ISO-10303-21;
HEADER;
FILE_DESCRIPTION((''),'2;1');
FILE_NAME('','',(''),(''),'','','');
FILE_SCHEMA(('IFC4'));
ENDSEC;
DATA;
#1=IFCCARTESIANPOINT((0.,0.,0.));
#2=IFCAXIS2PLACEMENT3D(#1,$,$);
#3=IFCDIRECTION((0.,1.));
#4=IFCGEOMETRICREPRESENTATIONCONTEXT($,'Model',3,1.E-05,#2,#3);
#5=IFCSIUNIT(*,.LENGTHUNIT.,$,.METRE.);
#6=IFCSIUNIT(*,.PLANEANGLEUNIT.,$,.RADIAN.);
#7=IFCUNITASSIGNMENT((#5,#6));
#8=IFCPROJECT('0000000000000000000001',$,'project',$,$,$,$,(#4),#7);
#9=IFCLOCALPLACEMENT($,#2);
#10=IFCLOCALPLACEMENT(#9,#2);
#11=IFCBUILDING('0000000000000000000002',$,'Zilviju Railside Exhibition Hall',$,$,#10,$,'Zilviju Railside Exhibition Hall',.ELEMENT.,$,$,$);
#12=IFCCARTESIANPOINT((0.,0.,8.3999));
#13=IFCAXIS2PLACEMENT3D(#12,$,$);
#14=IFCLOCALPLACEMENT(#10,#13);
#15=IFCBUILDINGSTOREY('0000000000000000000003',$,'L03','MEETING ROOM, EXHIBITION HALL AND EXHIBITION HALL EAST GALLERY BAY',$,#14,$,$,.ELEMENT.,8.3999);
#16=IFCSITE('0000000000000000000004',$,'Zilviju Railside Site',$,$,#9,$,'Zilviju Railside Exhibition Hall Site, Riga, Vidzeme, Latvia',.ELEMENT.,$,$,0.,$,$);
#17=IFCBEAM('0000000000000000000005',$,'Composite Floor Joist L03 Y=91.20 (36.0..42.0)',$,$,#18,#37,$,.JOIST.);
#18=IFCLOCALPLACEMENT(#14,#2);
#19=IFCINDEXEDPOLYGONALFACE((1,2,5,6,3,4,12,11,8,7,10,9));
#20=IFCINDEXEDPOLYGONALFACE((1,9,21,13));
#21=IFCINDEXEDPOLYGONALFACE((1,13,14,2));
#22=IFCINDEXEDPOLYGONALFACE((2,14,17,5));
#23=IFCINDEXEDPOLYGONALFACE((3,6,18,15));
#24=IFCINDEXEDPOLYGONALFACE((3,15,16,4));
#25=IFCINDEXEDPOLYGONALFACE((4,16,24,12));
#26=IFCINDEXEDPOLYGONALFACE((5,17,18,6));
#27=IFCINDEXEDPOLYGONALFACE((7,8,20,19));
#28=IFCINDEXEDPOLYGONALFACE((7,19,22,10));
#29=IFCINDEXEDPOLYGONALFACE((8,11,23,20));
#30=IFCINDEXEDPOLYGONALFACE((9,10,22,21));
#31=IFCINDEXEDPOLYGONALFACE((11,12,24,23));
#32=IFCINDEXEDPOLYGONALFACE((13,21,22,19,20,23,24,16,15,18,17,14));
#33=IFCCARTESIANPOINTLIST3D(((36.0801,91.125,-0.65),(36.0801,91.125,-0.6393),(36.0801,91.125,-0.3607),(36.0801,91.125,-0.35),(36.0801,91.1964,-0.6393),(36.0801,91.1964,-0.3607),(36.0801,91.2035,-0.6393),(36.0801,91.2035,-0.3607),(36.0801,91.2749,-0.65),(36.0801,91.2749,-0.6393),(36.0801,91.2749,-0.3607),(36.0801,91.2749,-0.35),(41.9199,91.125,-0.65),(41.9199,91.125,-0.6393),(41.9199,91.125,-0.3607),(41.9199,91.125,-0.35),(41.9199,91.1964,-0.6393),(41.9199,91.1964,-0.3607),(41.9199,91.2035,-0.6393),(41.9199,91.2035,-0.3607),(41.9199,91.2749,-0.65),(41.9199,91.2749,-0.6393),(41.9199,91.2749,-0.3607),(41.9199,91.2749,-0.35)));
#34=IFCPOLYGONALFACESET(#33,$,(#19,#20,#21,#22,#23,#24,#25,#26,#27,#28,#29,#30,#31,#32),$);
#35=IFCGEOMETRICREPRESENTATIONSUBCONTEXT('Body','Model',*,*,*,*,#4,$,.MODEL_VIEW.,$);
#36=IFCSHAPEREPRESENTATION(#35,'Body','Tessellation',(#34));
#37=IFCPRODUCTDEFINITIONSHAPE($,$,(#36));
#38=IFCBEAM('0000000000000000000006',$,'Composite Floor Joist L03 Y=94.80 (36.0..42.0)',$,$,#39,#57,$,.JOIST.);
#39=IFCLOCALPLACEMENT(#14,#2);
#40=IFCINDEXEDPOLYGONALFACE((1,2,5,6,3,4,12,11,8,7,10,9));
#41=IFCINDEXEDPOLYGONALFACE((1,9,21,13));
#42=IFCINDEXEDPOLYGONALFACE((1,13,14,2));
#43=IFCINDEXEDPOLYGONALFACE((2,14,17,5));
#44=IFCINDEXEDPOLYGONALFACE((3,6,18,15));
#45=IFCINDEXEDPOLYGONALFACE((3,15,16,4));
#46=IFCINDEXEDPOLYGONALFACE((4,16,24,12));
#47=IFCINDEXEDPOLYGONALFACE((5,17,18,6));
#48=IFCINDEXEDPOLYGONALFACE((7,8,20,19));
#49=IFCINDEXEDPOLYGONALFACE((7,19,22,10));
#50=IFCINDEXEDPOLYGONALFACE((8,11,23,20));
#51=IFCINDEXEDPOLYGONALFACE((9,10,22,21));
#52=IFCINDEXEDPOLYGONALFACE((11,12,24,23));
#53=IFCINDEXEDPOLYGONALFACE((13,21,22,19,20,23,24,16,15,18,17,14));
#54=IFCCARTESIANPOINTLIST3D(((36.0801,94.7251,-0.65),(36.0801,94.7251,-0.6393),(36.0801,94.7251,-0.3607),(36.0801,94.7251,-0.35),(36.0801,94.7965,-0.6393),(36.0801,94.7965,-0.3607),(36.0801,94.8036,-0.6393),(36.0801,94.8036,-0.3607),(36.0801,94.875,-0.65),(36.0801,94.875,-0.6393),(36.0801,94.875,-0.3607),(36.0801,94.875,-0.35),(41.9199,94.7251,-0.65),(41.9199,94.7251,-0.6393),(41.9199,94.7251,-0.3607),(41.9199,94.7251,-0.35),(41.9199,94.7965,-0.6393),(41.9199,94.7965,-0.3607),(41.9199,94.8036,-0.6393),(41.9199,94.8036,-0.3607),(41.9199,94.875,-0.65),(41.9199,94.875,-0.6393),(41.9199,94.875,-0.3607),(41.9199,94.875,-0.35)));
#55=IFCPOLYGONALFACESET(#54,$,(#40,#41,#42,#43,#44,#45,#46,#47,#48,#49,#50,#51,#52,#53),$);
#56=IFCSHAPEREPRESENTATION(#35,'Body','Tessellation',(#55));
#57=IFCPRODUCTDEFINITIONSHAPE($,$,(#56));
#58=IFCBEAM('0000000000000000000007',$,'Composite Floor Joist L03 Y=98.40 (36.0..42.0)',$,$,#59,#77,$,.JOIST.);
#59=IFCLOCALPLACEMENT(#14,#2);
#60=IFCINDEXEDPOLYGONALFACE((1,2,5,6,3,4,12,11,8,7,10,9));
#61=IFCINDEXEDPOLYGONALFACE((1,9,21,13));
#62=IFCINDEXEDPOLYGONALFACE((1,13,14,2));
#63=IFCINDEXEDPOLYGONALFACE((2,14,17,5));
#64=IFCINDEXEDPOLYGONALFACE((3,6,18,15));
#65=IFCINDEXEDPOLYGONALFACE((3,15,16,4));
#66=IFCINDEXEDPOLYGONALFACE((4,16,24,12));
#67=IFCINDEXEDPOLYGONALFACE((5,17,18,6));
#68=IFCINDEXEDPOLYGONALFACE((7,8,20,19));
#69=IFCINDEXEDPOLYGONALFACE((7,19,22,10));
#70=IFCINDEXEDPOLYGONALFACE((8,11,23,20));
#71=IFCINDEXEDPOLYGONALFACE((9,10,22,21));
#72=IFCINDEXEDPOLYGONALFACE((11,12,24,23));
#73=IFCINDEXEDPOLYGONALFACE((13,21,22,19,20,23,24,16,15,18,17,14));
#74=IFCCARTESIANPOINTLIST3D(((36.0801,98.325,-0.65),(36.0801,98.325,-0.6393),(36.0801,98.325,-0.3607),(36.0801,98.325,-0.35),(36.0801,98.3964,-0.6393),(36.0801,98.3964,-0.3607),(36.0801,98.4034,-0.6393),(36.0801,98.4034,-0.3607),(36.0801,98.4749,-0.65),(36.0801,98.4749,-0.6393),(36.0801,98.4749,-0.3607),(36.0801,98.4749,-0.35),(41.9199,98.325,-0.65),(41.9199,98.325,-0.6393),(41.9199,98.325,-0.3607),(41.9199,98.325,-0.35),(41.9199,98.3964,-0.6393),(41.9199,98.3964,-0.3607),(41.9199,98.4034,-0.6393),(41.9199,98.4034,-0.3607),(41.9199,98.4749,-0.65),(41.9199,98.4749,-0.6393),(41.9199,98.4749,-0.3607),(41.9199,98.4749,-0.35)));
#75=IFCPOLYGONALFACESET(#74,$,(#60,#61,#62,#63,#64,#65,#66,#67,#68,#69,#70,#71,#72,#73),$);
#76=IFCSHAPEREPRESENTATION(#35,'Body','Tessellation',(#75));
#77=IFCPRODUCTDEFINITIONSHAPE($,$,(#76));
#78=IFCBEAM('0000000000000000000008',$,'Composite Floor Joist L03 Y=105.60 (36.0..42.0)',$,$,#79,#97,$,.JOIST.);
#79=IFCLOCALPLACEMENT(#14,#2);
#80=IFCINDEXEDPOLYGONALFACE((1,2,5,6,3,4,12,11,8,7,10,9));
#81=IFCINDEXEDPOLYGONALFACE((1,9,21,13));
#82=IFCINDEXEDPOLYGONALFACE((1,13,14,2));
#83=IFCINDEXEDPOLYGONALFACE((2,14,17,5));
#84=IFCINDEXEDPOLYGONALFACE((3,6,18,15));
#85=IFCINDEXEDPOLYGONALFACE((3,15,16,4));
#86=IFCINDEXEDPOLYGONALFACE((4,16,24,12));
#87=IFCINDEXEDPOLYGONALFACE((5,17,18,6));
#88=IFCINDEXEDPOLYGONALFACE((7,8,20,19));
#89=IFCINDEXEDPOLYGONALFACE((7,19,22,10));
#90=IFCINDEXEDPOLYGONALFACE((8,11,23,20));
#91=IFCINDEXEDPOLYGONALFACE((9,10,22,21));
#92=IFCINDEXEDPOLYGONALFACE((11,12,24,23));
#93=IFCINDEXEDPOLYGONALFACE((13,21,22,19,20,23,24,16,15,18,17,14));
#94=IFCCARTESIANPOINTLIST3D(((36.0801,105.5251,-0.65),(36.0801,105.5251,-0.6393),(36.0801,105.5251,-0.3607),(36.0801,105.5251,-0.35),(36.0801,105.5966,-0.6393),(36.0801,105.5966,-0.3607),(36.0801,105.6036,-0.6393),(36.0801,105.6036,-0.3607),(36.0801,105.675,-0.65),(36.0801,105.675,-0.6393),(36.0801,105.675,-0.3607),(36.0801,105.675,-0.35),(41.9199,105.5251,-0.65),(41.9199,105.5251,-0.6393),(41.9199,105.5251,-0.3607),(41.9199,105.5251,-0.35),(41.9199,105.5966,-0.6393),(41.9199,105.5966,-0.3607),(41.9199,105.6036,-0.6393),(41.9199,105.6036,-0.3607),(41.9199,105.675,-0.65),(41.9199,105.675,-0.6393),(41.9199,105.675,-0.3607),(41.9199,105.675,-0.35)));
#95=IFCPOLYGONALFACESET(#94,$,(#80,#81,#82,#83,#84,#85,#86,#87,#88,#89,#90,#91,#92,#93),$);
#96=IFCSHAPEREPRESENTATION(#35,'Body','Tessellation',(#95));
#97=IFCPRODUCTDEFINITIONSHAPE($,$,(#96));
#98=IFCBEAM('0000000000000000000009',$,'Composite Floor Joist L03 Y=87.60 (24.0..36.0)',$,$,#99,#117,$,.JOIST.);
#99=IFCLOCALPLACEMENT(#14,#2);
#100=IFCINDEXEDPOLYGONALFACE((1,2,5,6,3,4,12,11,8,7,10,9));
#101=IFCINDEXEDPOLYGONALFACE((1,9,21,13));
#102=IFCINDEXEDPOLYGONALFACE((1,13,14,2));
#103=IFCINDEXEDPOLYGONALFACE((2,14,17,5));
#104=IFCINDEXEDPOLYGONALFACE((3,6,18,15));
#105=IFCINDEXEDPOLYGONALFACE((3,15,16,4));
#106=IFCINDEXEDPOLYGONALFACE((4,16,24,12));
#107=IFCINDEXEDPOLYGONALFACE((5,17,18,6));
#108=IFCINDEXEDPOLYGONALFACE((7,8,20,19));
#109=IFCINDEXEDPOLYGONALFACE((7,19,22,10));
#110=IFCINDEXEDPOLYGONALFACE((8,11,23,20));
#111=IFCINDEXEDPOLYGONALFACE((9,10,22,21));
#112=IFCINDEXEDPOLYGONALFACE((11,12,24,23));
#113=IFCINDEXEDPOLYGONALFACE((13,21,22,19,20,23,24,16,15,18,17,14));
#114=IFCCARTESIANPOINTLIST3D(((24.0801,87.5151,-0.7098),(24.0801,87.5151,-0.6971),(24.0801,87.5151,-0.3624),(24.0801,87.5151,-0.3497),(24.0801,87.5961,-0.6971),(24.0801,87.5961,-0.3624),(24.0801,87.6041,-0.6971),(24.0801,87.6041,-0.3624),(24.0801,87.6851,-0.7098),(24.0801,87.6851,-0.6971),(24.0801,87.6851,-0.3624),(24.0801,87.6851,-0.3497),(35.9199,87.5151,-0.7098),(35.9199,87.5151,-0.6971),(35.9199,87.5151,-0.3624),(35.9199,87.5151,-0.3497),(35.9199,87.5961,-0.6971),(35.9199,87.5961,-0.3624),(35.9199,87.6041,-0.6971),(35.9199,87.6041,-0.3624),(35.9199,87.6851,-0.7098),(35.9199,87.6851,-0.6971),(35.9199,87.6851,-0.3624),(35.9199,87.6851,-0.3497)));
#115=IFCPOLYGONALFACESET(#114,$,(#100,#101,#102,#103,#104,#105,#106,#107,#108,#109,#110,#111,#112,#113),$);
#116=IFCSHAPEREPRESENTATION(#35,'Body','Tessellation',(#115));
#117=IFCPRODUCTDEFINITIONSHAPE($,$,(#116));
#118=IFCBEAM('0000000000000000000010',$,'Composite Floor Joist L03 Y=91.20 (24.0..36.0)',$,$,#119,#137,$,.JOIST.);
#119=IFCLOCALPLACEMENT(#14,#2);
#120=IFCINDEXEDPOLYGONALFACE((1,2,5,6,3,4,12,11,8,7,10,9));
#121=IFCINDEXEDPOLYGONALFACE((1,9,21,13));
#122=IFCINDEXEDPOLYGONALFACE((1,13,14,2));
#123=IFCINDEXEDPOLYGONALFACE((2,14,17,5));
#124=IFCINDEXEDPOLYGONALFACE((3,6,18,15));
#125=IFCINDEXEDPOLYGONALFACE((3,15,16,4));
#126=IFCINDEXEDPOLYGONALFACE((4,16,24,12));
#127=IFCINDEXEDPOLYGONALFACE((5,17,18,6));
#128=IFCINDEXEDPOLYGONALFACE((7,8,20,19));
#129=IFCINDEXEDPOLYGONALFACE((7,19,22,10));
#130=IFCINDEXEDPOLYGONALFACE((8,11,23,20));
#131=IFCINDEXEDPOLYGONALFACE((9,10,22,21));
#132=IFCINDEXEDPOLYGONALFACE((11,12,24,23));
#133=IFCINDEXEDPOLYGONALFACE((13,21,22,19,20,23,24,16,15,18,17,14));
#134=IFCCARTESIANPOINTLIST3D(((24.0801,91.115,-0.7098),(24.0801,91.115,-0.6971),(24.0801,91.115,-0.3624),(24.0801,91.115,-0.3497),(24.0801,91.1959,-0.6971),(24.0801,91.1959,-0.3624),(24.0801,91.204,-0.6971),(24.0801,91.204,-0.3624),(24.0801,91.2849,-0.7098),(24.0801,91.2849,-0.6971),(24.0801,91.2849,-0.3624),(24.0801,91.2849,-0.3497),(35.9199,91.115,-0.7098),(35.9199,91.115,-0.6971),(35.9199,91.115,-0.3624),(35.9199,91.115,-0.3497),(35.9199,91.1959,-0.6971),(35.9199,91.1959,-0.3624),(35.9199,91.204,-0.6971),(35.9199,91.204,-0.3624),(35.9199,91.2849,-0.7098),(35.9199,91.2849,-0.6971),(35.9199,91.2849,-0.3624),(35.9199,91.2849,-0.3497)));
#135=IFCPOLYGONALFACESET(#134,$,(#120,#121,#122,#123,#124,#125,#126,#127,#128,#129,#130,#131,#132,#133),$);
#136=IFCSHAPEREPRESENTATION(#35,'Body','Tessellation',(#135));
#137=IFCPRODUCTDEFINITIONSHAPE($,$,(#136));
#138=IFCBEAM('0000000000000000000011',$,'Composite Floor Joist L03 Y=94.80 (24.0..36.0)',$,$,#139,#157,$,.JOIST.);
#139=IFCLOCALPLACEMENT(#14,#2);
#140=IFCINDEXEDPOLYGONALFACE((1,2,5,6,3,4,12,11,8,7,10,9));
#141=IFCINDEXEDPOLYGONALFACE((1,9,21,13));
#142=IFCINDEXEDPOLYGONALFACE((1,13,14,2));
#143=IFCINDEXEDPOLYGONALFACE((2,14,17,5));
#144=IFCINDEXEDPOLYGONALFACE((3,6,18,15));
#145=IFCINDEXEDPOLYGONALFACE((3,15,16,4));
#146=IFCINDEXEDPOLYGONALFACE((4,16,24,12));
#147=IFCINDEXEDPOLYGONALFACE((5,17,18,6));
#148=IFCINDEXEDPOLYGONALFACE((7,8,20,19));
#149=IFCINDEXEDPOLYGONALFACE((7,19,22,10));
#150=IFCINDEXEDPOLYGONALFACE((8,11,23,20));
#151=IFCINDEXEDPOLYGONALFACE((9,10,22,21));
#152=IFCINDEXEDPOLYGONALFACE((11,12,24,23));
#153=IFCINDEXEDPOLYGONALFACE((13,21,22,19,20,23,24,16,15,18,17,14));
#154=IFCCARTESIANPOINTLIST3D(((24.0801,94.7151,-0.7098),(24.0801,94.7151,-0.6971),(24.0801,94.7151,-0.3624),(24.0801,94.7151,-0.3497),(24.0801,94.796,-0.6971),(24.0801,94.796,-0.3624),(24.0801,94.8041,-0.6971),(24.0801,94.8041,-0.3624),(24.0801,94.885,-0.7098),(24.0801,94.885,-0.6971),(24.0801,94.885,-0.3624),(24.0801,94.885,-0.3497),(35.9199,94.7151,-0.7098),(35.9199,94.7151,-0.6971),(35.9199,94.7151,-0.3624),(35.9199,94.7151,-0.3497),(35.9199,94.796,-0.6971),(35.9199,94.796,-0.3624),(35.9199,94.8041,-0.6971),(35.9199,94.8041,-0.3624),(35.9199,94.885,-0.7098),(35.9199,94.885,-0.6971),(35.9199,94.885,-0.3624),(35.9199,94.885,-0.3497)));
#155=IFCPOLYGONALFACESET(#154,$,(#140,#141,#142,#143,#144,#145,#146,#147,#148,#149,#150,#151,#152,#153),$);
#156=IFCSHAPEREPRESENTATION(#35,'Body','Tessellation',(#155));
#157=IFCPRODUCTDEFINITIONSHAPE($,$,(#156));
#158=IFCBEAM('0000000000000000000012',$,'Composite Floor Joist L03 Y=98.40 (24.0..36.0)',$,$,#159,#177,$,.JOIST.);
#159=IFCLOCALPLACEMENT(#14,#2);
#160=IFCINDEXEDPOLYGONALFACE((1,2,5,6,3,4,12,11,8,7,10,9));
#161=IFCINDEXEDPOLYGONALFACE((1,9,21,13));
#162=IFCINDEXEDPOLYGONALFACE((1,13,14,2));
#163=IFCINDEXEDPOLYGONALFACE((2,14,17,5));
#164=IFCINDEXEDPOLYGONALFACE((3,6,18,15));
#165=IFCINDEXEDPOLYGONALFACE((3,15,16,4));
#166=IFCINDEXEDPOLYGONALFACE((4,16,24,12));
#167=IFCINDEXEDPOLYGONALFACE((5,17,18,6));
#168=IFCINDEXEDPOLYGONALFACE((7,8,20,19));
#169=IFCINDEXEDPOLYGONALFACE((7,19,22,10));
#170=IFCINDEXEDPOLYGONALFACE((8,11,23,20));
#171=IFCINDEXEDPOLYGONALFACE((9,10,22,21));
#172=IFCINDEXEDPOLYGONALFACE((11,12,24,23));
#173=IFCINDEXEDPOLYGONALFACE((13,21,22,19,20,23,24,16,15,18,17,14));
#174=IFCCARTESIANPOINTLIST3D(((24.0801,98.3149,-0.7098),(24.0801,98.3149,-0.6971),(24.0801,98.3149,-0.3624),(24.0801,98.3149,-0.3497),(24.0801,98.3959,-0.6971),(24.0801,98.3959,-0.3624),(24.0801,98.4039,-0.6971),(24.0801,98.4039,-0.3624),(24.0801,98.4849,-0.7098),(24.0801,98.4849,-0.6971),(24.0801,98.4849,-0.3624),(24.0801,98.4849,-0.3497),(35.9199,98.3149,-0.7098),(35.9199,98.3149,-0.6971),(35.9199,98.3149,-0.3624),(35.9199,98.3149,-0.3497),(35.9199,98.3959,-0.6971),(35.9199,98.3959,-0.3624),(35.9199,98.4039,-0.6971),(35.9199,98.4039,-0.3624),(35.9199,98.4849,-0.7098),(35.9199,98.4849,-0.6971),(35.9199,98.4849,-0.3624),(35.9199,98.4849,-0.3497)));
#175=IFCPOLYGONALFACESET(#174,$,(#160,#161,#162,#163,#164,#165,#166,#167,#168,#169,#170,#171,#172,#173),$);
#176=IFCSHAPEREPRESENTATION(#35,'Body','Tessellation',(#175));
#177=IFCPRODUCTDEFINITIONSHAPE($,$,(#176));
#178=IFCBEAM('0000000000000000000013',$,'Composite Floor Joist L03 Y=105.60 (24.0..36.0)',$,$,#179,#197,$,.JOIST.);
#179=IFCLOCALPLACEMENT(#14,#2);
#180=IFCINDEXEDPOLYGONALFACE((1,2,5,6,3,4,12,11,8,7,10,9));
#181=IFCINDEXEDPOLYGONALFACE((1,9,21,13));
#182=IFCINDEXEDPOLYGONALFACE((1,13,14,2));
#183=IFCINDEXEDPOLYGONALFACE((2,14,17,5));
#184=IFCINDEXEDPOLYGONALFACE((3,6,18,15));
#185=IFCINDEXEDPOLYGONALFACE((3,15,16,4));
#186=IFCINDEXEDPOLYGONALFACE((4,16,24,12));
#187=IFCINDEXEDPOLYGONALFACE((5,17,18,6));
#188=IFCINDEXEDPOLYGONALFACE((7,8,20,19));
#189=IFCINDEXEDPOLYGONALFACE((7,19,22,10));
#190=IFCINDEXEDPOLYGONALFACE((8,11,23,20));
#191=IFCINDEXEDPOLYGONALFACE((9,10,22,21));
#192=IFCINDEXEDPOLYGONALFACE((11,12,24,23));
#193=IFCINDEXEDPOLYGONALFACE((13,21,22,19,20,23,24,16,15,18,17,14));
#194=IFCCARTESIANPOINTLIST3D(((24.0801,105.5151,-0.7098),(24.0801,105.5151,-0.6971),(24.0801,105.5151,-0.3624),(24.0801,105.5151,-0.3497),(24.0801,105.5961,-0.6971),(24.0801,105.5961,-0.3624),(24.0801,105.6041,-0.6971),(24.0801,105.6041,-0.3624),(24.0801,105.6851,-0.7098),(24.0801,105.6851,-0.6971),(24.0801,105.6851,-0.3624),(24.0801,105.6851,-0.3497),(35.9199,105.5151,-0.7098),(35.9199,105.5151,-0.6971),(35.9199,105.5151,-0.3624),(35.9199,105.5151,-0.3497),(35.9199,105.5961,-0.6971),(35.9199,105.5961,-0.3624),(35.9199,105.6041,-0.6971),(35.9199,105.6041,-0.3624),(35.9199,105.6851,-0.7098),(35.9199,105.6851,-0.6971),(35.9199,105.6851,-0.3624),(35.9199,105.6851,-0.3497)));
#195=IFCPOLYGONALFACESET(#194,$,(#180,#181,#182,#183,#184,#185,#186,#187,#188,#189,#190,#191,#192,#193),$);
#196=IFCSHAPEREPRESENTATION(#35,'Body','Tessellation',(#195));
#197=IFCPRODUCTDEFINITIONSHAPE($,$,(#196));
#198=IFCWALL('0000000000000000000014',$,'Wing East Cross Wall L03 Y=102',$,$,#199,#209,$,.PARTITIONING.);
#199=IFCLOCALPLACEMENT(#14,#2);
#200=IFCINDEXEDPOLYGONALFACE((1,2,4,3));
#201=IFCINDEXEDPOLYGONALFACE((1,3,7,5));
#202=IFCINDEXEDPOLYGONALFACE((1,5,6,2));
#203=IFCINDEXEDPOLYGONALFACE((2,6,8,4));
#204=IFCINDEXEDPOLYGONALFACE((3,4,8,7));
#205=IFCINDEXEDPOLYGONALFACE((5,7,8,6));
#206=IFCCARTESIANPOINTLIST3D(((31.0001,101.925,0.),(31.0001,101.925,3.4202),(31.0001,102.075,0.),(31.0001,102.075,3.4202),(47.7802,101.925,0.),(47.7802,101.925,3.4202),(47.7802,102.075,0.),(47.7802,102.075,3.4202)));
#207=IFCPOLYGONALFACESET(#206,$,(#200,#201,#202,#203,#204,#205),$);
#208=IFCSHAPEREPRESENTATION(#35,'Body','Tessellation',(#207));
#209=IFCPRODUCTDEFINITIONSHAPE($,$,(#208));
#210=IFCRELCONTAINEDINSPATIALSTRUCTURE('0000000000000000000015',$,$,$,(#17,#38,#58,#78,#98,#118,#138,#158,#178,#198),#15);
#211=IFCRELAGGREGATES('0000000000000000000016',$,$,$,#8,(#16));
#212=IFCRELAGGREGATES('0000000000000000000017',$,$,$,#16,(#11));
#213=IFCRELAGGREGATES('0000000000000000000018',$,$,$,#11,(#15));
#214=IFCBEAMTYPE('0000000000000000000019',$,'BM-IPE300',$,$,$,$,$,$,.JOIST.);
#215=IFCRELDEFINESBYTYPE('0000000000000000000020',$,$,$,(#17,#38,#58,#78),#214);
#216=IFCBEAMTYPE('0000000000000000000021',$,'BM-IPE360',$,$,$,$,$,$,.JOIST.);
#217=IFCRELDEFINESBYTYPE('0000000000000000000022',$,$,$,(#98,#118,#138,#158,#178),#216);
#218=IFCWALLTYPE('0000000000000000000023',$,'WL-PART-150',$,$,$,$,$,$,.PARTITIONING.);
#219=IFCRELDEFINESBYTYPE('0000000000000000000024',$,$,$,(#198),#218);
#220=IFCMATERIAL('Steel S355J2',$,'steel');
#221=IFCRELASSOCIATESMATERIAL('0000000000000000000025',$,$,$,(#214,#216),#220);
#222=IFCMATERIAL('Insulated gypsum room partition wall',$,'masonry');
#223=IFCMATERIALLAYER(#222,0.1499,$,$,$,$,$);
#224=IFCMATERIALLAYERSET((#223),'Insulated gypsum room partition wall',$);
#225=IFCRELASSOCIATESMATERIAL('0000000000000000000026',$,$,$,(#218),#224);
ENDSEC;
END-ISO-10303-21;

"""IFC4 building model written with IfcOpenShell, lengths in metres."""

from ifc_helpers import new_model, si_unit, direction, frame, frame_2d, origin, origin_2d, place, context, subcontext, project, spatial, rectangle, i_section, extrude, material, layer, layer_set, material_profile, profile_set, type_object, element, save


model = new_model("IFC4")

# Units and contexts
model_context = context("Model", 3, precision=1e-05, world=origin(), true_north=direction((0.0, 1.0)))
body_context = subcontext(model_context, "Body", "Model", "MODEL_VIEW")
ifc_project = project(units=[si_unit("LENGTHUNIT", "METRE"), si_unit("PLANEANGLEUNIT", "RADIAN")], contexts=[model_context])

# Site, building, storey
site_placement = place(None, origin())
site = spatial("IfcSite", under=ifc_project, at=site_placement, Name="Zilviju Railside Site", LongName="Zilviju Railside Exhibition Hall Site, Riga, Vidzeme, Latvia", CompositionType="ELEMENT", RefElevation=0.0)
building_placement = place(site_placement, origin())
building = spatial("IfcBuilding", under=site, at=building_placement, Name="Zilviju Railside Exhibition Hall", LongName="Zilviju Railside Exhibition Hall", CompositionType="ELEMENT")
storey_placement = place(building_placement, frame((0.0, 0.0, 8.3999)))
storey = spatial("IfcBuildingStorey", under=building, at=storey_placement, Name="L03", Description="MEETING ROOM, EXHIBITION HALL AND EXHIBITION HALL EAST GALLERY BAY", CompositionType="ELEMENT", Elevation=8.3999)

# Beams
ifc_material_1 = material(Name="Steel S355J2", Category="steel")
ifc_material_profile_1 = material_profile(ifc_material_1, i_section(OverallWidth=0.1499, OverallDepth=0.3, WebThickness=0.0071, FlangeThickness=0.0107, at=origin_2d()), Name="IPE 300")
ifc_profile_set_1 = profile_set([ifc_material_profile_1], Name="Steel S355J2")
beam_type_1 = type_object("IfcBeamType", Name="BM-IPE300", PredefinedType="JOIST", material=ifc_profile_set_1)
for number, where, z_axis, x_axis, name in (
    (1, (36.0801, 91.2, -0.5), (1.0, 0.0, 0.0), (0.0, 1.0, 0.0), "Composite Floor Joist L03 Y=91.20 (36.0..42.0)"),
    (2, (36.0801, 94.8, -0.5), (1.0, 0.0, 0.0), (0.0, 1.0, 0.0), "Composite Floor Joist L03 Y=94.80 (36.0..42.0)"),
    (3, (36.0801, 98.3999, -0.5), (1.0, 0.0, 0.0), (0.0, 1.0, 0.0), "Composite Floor Joist L03 Y=98.40 (36.0..42.0)"),
    (4, (36.0801, 105.6001, -0.5), (1.0, 0.0, 0.0), (0.0, 1.0, 0.0), "Composite Floor Joist L03 Y=105.60 (36.0..42.0)"),
):
    element("IfcBeam", number, at=place(storey_placement, frame(where, z_axis=z_axis, x_axis=x_axis)), inside=storey, type_object=beam_type_1, Name=name, PredefinedType="JOIST", context=body_context, shape_type="SweptSolid", body=[
        extrude(i_section(OverallWidth=0.1499, OverallDepth=0.3, WebThickness=0.0071, FlangeThickness=0.0107, at=origin_2d()), origin(), (0.0, 0.0, 1.0), 5.8398),
    ])
ifc_material_profile_2 = material_profile(ifc_material_1, i_section(OverallWidth=0.1699, OverallDepth=0.3601, WebThickness=0.0081, FlangeThickness=0.0127, at=origin_2d()), Name="IPE 360")
ifc_profile_set_2 = profile_set([ifc_material_profile_2], Name="Steel S355J2")
beam_type_2 = type_object("IfcBeamType", Name="BM-IPE360", PredefinedType="JOIST", material=ifc_profile_set_2)
for number, where, z_axis, x_axis, name in (
    (5, (24.0801, 87.6001, -0.5298), (1.0, 0.0, 0.0), (0.0, 1.0, 0.0), "Composite Floor Joist L03 Y=87.60 (24.0..36.0)"),
    (6, (24.0801, 91.2, -0.5298), (1.0, 0.0, 0.0), (0.0, 1.0, 0.0), "Composite Floor Joist L03 Y=91.20 (24.0..36.0)"),
    (7, (24.0801, 94.8, -0.5298), (1.0, 0.0, 0.0), (0.0, 1.0, 0.0), "Composite Floor Joist L03 Y=94.80 (24.0..36.0)"),
    (8, (24.0801, 98.3999, -0.5298), (1.0, 0.0, 0.0), (0.0, 1.0, 0.0), "Composite Floor Joist L03 Y=98.40 (24.0..36.0)"),
    (9, (24.0801, 105.6001, -0.5298), (1.0, 0.0, 0.0), (0.0, 1.0, 0.0), "Composite Floor Joist L03 Y=105.60 (24.0..36.0)"),
):
    element("IfcBeam", number, at=place(storey_placement, frame(where, z_axis=z_axis, x_axis=x_axis)), inside=storey, type_object=beam_type_2, Name=name, PredefinedType="JOIST", context=body_context, shape_type="SweptSolid", body=[
        extrude(i_section(OverallWidth=0.1699, OverallDepth=0.3601, WebThickness=0.0081, FlangeThickness=0.0127, at=origin_2d()), origin(), (0.0, 0.0, 1.0), 11.8398),
    ])

# Wall
ifc_material_2 = material(Name="Insulated gypsum room partition wall", Category="masonry")
ifc_layer_1 = layer(ifc_material_2, 0.1499)
ifc_layer_set_1 = layer_set([ifc_layer_1], Name="Insulated gypsum room partition wall")
wall_type_1 = type_object("IfcWallType", Name="WL-PART-150", PredefinedType="PARTITIONING", material=ifc_layer_set_1)
wall_1_placement = place(storey_placement, frame((31.0, 102.0, 0.0), z_axis=(0.0, 0.0, 1.0), x_axis=(1.0, 0.0, 0.0)))
element("IfcWall", 10, at=wall_1_placement, inside=storey, type_object=wall_type_1, Name="Wing East Cross Wall L03 Y=102", PredefinedType="PARTITIONING", context=body_context, shape_type="SweptSolid", body=[
    extrude(rectangle(XDim=16.78, YDim=0.1499, at=frame_2d((8.3901, 0.0))), origin(), (0.0, 0.0, 1.0), 3.4202),
])

save(model, "model.ifc")
